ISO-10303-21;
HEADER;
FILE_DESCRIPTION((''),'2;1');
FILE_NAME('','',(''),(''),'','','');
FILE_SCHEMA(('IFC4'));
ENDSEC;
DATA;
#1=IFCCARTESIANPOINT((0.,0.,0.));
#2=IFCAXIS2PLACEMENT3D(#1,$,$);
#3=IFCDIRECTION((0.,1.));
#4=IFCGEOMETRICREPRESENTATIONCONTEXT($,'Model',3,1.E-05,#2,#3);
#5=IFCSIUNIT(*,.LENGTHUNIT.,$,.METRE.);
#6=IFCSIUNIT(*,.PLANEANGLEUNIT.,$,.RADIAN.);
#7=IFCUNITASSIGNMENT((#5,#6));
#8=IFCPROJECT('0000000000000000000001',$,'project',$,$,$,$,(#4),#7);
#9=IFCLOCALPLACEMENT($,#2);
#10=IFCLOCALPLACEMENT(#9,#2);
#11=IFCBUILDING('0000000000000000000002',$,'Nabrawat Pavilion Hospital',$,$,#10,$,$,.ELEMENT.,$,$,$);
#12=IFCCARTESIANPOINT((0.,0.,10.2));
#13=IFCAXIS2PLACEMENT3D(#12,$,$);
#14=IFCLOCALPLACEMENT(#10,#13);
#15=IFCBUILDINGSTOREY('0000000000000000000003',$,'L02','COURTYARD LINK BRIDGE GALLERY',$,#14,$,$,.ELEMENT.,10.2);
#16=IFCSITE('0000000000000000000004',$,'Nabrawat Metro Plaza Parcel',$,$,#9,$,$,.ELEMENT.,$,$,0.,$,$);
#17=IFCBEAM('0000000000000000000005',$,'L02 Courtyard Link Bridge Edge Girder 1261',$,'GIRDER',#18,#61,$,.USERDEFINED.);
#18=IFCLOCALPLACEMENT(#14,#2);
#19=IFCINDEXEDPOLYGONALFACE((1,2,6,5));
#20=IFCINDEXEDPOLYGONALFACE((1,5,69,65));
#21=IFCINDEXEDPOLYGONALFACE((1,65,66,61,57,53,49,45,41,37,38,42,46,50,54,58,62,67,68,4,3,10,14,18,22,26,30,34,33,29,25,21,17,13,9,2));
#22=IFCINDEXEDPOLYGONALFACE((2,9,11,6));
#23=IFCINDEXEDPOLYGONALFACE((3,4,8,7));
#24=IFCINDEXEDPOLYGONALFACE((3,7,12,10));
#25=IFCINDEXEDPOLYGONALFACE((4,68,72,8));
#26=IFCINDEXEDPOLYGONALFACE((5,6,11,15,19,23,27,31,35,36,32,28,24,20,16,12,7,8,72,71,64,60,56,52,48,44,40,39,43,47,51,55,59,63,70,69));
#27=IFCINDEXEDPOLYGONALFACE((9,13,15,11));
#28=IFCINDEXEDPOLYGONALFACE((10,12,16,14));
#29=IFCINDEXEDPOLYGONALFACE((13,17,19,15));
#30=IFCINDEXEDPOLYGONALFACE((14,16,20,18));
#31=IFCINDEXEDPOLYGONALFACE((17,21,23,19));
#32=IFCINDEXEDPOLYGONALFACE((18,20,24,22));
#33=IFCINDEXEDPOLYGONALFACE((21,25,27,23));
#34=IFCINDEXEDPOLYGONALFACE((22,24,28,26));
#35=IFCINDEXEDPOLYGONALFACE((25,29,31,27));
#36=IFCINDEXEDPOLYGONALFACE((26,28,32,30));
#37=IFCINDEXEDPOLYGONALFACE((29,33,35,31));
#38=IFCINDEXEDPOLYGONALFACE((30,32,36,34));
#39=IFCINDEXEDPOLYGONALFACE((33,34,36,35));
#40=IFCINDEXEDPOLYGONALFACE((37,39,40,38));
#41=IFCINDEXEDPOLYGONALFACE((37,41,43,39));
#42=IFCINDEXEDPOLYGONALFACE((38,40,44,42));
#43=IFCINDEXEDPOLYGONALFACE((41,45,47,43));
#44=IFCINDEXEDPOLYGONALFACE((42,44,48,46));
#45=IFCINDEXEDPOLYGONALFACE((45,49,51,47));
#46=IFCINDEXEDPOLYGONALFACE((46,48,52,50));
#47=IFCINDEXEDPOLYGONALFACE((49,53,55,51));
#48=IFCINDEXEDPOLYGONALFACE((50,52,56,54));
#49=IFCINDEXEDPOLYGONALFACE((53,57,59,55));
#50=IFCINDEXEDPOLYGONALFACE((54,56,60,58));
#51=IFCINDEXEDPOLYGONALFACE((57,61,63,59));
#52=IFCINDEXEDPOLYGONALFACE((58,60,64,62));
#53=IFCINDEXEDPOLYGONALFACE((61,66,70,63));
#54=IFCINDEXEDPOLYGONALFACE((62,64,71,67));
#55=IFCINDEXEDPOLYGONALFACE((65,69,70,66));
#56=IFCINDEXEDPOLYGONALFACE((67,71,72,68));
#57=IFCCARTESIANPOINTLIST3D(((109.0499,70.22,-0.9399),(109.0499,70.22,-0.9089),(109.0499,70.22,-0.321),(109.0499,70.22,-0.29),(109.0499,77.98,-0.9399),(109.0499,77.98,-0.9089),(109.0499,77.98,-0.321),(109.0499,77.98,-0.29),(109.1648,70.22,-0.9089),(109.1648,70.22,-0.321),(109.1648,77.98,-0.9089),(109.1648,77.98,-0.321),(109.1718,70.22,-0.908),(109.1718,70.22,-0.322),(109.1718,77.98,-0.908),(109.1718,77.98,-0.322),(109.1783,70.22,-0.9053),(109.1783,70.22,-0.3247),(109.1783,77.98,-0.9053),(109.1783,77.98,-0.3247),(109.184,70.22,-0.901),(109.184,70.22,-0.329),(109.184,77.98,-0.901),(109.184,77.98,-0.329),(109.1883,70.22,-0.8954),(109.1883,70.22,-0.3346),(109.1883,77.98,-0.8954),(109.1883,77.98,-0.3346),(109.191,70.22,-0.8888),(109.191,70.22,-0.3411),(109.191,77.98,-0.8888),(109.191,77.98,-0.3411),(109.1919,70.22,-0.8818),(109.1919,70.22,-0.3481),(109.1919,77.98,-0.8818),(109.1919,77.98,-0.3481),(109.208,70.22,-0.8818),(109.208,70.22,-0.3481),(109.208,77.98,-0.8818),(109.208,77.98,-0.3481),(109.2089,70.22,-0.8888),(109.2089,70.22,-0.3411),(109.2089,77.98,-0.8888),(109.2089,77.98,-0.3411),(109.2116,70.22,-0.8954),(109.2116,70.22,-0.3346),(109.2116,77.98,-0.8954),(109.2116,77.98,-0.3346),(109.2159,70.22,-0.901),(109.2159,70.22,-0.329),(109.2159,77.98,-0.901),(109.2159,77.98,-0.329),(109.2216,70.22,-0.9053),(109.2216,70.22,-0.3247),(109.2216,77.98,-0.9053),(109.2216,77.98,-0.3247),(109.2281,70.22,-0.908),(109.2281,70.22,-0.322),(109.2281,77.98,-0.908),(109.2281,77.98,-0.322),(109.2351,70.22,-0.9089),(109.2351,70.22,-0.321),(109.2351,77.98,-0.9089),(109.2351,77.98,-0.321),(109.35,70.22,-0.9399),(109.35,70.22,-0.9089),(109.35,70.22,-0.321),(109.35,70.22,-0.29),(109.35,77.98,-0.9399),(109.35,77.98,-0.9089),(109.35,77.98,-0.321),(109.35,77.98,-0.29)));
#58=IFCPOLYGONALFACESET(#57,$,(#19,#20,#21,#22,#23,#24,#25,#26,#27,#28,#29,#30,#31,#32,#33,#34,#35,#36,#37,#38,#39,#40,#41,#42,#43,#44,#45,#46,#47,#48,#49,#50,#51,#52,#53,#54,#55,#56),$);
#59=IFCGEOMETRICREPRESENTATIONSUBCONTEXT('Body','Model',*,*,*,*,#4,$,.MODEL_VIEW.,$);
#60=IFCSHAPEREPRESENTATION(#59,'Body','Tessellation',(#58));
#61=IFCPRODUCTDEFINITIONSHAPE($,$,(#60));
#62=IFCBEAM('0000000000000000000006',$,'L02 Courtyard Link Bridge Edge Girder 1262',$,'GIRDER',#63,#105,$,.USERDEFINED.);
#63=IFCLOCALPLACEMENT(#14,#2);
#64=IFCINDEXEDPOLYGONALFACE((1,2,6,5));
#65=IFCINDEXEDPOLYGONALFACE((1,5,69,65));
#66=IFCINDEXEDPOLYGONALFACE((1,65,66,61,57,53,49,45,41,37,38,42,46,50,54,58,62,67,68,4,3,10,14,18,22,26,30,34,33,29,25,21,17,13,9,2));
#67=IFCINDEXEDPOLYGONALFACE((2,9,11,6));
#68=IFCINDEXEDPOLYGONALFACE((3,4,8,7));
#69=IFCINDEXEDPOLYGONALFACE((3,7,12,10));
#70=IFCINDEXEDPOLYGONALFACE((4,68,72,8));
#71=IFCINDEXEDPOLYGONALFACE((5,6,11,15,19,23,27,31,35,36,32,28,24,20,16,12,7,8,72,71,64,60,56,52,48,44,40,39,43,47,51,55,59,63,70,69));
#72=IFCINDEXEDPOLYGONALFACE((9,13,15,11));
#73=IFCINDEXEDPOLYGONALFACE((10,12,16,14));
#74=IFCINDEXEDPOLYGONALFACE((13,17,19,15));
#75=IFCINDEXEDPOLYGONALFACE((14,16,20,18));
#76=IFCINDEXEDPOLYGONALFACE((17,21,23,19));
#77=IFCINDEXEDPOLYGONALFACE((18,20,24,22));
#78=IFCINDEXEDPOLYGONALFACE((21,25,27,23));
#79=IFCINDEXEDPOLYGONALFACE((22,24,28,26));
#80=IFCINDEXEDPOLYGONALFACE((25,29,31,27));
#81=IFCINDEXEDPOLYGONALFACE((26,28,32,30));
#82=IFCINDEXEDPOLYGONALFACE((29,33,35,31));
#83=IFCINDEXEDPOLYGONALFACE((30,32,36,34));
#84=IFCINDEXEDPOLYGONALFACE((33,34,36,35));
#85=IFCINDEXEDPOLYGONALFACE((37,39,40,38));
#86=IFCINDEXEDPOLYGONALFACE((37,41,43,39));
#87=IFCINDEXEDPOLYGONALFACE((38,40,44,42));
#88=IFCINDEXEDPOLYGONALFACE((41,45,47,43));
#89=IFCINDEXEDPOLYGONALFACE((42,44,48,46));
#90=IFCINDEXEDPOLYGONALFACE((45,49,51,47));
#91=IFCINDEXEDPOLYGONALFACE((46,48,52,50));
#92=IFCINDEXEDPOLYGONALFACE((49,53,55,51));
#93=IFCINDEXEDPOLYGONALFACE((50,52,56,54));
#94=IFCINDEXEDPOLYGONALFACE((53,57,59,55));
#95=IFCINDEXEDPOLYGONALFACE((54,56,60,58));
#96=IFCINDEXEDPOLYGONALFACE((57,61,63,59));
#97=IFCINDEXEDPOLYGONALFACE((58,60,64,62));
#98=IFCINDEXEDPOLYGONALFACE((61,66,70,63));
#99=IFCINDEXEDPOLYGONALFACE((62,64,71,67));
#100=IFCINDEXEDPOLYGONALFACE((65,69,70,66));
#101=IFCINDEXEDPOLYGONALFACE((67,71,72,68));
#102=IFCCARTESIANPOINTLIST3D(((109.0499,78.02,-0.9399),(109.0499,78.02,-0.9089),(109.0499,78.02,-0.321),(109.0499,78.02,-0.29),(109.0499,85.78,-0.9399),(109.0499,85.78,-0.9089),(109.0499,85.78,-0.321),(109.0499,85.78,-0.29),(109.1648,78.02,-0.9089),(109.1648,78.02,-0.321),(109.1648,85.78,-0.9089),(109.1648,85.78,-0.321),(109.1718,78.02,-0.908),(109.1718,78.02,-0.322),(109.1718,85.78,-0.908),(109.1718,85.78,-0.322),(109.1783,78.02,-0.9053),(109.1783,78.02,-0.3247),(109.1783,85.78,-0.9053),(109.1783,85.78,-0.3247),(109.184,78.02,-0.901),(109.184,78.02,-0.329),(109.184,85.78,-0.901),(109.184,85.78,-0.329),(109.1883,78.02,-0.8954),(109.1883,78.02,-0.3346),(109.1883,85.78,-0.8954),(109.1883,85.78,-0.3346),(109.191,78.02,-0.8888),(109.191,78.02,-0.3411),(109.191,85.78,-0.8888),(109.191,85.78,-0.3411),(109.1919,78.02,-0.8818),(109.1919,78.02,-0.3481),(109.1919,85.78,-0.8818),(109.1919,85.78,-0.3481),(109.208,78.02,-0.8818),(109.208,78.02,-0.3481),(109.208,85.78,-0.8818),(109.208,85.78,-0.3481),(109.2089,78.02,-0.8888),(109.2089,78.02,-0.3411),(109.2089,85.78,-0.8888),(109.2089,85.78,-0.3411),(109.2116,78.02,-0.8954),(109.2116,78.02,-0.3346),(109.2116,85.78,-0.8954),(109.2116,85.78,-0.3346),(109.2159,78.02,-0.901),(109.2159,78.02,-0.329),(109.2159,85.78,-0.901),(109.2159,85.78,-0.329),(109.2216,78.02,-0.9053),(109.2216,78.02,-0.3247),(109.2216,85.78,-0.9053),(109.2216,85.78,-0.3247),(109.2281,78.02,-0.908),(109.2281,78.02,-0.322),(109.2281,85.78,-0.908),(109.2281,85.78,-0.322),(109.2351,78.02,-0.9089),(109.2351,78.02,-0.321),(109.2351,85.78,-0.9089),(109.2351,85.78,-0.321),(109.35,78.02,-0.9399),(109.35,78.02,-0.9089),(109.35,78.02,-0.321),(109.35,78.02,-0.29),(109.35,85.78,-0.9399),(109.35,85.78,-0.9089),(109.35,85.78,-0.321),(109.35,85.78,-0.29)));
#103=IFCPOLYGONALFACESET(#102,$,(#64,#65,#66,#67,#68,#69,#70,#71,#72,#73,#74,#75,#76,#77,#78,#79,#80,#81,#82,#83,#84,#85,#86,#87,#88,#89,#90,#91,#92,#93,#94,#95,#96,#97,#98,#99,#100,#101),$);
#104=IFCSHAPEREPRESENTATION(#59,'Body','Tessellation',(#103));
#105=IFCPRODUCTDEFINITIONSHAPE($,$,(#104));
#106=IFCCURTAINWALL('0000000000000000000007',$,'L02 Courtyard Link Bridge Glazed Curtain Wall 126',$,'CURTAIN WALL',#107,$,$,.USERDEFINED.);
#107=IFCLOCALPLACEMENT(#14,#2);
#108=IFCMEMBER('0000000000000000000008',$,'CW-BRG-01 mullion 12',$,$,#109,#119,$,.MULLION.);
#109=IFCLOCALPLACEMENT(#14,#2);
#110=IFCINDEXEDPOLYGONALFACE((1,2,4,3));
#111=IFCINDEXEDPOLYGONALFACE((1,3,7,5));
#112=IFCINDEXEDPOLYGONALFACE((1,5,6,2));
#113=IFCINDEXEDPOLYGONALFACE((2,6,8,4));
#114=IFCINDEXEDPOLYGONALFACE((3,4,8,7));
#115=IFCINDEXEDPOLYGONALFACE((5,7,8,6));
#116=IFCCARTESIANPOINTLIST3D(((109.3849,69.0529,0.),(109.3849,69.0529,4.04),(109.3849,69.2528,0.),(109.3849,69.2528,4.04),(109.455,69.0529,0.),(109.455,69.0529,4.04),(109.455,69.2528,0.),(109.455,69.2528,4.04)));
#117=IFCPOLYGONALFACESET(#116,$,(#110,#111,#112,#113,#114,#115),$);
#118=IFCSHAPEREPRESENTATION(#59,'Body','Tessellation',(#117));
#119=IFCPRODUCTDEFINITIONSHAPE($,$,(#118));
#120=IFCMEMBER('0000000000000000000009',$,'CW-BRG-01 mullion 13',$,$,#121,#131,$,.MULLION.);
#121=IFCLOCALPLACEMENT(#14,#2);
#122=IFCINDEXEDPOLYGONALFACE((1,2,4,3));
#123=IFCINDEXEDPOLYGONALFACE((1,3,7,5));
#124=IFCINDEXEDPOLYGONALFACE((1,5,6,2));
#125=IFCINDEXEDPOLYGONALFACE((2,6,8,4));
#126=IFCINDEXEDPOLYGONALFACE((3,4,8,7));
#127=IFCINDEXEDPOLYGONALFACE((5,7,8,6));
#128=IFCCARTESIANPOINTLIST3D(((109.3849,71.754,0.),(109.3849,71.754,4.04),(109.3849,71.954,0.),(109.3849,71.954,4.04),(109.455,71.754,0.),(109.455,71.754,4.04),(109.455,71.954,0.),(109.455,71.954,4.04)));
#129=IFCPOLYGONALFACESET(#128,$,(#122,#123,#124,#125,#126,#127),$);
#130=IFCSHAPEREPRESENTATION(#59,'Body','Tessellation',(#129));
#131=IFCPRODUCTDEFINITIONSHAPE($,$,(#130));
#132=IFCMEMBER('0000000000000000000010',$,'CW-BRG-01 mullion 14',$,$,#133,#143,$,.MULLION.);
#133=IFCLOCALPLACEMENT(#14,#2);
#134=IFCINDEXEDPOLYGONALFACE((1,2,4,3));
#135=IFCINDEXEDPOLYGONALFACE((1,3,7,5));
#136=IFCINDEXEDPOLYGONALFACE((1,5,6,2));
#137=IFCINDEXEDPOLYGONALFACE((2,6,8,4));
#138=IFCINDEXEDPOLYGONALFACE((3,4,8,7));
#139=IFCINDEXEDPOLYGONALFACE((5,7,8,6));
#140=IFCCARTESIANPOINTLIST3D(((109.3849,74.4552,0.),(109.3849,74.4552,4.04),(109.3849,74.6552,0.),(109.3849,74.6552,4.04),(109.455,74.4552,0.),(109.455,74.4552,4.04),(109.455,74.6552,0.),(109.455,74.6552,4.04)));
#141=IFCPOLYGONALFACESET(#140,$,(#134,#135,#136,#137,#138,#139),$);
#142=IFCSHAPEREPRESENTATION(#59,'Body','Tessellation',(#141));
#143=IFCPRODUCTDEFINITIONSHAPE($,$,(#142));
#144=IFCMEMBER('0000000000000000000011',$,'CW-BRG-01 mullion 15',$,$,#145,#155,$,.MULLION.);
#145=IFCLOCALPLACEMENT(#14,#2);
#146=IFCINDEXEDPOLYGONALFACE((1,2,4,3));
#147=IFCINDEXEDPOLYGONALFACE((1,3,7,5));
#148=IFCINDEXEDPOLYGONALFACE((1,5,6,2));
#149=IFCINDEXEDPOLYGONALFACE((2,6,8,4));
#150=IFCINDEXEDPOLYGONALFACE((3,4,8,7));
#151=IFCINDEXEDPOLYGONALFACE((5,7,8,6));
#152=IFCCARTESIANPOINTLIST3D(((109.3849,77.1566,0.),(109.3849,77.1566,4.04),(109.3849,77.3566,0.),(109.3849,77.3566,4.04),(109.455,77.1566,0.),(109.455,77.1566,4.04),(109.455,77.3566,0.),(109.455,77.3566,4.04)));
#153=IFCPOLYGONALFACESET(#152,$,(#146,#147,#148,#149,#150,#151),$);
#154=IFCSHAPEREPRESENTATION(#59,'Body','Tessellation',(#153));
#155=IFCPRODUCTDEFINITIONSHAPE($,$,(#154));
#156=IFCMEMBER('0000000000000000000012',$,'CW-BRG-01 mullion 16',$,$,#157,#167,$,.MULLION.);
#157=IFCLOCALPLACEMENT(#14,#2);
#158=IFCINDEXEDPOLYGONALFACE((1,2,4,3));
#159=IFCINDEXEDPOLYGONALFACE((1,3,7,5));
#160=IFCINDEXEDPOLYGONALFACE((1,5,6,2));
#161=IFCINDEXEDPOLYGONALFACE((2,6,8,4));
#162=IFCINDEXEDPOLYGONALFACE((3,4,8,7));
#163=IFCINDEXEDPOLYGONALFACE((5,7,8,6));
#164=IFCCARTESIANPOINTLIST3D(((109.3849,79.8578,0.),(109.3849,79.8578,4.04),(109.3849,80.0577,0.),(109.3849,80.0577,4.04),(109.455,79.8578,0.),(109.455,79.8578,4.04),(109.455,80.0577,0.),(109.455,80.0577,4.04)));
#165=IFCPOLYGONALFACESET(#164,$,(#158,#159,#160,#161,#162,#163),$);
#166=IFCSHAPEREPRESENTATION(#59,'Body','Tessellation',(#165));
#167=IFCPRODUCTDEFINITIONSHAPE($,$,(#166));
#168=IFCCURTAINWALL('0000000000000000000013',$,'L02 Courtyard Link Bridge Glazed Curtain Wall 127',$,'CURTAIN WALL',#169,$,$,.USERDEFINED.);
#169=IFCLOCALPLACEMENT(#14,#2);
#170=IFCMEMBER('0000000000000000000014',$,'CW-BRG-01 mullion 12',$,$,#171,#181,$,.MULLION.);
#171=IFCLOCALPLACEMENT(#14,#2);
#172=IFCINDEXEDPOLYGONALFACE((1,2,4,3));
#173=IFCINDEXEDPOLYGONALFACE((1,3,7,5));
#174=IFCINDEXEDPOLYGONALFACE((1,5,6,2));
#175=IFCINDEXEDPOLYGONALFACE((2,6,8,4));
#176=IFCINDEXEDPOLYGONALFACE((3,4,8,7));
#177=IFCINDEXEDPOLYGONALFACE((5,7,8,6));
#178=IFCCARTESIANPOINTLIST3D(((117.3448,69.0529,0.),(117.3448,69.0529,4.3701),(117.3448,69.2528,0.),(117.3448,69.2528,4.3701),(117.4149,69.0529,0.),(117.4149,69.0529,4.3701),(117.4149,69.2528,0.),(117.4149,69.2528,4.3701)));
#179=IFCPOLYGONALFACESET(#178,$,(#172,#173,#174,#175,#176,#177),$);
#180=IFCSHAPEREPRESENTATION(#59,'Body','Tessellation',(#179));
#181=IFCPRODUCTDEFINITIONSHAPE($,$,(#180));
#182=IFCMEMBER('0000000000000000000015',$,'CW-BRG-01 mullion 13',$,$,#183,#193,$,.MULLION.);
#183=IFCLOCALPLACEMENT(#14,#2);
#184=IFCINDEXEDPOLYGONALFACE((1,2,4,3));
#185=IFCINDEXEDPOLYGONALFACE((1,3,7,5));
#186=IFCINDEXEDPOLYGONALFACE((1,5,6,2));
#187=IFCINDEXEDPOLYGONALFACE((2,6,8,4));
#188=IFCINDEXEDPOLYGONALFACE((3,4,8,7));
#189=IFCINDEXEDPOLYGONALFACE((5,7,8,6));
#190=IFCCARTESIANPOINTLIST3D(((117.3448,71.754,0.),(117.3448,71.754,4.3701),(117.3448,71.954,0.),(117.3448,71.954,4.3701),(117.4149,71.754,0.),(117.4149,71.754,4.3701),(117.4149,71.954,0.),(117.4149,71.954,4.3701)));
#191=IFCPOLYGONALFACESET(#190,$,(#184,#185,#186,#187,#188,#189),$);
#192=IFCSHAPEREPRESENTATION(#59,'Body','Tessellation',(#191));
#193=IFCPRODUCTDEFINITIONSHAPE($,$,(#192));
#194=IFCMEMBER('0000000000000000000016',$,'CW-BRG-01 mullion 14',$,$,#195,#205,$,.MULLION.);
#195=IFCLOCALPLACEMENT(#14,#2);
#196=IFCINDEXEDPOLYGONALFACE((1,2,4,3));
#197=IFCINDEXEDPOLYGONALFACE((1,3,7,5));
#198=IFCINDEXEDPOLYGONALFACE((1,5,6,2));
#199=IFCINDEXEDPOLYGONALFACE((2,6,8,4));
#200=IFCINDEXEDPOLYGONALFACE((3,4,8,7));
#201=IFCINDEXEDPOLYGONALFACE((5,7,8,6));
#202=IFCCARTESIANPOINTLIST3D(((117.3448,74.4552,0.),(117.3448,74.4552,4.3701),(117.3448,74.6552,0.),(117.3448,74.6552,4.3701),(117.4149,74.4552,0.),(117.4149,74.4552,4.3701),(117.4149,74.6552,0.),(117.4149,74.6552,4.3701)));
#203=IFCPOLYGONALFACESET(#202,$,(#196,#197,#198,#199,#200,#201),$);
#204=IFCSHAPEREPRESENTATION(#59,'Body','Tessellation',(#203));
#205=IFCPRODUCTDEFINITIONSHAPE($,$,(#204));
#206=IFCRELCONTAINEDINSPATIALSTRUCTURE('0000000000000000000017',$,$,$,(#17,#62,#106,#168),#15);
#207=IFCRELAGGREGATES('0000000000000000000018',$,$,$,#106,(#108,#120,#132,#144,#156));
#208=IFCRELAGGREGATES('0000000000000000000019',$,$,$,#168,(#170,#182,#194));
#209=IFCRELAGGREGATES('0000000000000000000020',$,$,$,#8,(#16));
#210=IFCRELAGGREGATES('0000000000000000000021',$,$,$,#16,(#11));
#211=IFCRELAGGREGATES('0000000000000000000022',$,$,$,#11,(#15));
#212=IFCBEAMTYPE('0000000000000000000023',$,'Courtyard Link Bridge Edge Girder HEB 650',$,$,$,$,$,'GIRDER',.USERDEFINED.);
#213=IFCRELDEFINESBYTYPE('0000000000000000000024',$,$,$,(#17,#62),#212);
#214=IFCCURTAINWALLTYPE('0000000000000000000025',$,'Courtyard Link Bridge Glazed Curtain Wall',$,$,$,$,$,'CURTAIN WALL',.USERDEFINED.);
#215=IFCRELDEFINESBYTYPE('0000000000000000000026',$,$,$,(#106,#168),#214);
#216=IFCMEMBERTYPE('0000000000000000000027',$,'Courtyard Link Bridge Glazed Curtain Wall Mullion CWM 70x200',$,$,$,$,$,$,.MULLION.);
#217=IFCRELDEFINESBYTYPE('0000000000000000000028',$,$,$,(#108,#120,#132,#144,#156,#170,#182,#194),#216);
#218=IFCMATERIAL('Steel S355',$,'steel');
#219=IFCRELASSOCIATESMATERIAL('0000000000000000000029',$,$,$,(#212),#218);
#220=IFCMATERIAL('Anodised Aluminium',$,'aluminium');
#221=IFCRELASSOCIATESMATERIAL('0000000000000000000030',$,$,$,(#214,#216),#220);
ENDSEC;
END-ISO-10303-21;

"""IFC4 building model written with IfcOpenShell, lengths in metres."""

from ifc_helpers import new_model, si_unit, direction, frame, origin, origin_2d, place, context, subcontext, project, spatial, rectangle, i_section, extrude, material, material_profile, profile_set, type_object, element, aggregate, save


model = new_model("IFC4")

# Units and contexts
model_context = context("Model", 3, precision=1e-05, world=origin(), true_north=direction((0.0, 1.0)))
body_context = subcontext(model_context, "Body", "Model", "MODEL_VIEW")
ifc_project = project(units=[si_unit("LENGTHUNIT", "METRE"), si_unit("PLANEANGLEUNIT", "RADIAN")], contexts=[model_context])

# Site, building, storey
site_placement = place(None, origin())
site = spatial("IfcSite", under=ifc_project, at=site_placement, Name="Nabrawat Metro Plaza Parcel", CompositionType="ELEMENT", RefElevation=0.0)
building_placement = place(site_placement, origin())
building = spatial("IfcBuilding", under=site, at=building_placement, Name="Nabrawat Pavilion Hospital", CompositionType="ELEMENT")
storey_placement = place(building_placement, frame((0.0, 0.0, 10.2)))
storey = spatial("IfcBuildingStorey", under=building, at=storey_placement, Name="L02", Description="COURTYARD LINK BRIDGE GALLERY", CompositionType="ELEMENT", Elevation=10.2)

# Beams
ifc_material_1 = material(Name="Steel S355", Category="steel")
ifc_material_profile_1 = material_profile(ifc_material_1, i_section(OverallWidth=0.3, OverallDepth=0.6499, WebThickness=0.0161, FlangeThickness=0.031, FilletRadius=0.0271, at=origin_2d()), Name="HEB 650")
ifc_profile_set_1 = profile_set([ifc_material_profile_1], Name="Steel S355")
beam_type_1 = type_object("IfcBeamType", Name="Courtyard Link Bridge Edge Girder HEB 650", ElementType="GIRDER", PredefinedType="USERDEFINED", material=ifc_profile_set_1)
for number, where, z_axis, x_axis, name in (
    (1, (109.2, 70.22, -0.615), (0.0, 1.0, 0.0), (-1.0, 0.0, 0.0), "L02 Courtyard Link Bridge Edge Girder 1261"),
    (2, (109.2, 78.02, -0.615), (0.0, 1.0, 0.0), (-1.0, 0.0, 0.0), "L02 Courtyard Link Bridge Edge Girder 1262"),
):
    element("IfcBeam", number, at=place(storey_placement, frame(where, z_axis=z_axis, x_axis=x_axis)), inside=storey, type_object=beam_type_1, Name=name, ObjectType="GIRDER", PredefinedType="USERDEFINED", context=body_context, shape_type="SweptSolid", body=[
        extrude(i_section(OverallWidth=0.3, OverallDepth=0.6499, WebThickness=0.0161, FlangeThickness=0.031, FilletRadius=0.0271, at=origin_2d()), origin(), (0.0, 0.0, 1.0), 7.76),
    ])

# Curtain walls, members
ifc_material_2 = material(Name="Anodised Aluminium", Category="aluminium")
curtain_wall_type = type_object("IfcCurtainWallType", Name="Courtyard Link Bridge Glazed Curtain Wall", ElementType="CURTAIN WALL", PredefinedType="USERDEFINED", material=ifc_material_2)
curtain_wall_1_placement = place(storey_placement, origin())
curtain_wall_1 = element("IfcCurtainWall", 3, at=curtain_wall_1_placement, inside=storey, type_object=curtain_wall_type, Name="L02 Courtyard Link Bridge Glazed Curtain Wall 126", ObjectType="CURTAIN WALL", PredefinedType="USERDEFINED")
ifc_material_profile_2 = material_profile(ifc_material_2, rectangle(XDim=0.0701, YDim=0.2, at=origin_2d()), Name="CWM 70x200")
ifc_profile_set_2 = profile_set([ifc_material_profile_2], Name="Anodised Aluminium")
member_type_1 = type_object("IfcMemberType", Name="Courtyard Link Bridge Glazed Curtain Wall Mullion CWM 70x200", PredefinedType="MULLION", material=ifc_profile_set_2)
member_1_placement = place(storey_placement, frame((109.4199, 69.1528, 0.0), z_axis=(0.0, 0.0, 1.0), x_axis=(-1.0, 0.0, 0.0)))
member_1 = element("IfcMember", 4, at=member_1_placement, type_object=member_type_1, Name="CW-BRG-01 mullion 12", PredefinedType="MULLION", context=body_context, shape_type="SweptSolid", body=[
    extrude(rectangle(XDim=0.0701, YDim=0.2, at=origin_2d()), origin(), (0.0, 0.0, 1.0), 4.04),
])
member_2_placement = place(storey_placement, frame((109.4199, 71.854, 0.0), z_axis=(0.0, 0.0, 1.0), x_axis=(-1.0, 0.0, 0.0)))
member_2 = element("IfcMember", 5, at=member_2_placement, type_object=member_type_1, Name="CW-BRG-01 mullion 13", PredefinedType="MULLION", context=body_context, shape_type="SweptSolid", body=[
    extrude(rectangle(XDim=0.0701, YDim=0.2, at=origin_2d()), origin(), (0.0, 0.0, 1.0), 4.04),
])
member_3_placement = place(storey_placement, frame((109.4199, 74.5552, 0.0), z_axis=(0.0, 0.0, 1.0), x_axis=(-1.0, 0.0, 0.0)))
member_3 = element("IfcMember", 6, at=member_3_placement, type_object=member_type_1, Name="CW-BRG-01 mullion 14", PredefinedType="MULLION", context=body_context, shape_type="SweptSolid", body=[
    extrude(rectangle(XDim=0.0701, YDim=0.2, at=origin_2d()), origin(), (0.0, 0.0, 1.0), 4.04),
])
member_4_placement = place(storey_placement, frame((109.4199, 77.2566, 0.0), z_axis=(0.0, 0.0, 1.0), x_axis=(-1.0, 0.0, 0.0)))
member_4 = element("IfcMember", 7, at=member_4_placement, type_object=member_type_1, Name="CW-BRG-01 mullion 15", PredefinedType="MULLION", context=body_context, shape_type="SweptSolid", body=[
    extrude(rectangle(XDim=0.0701, YDim=0.2, at=origin_2d()), origin(), (0.0, 0.0, 1.0), 4.04),
])
member_5_placement = place(storey_placement, frame((109.4199, 79.9578, 0.0), z_axis=(0.0, 0.0, 1.0), x_axis=(-1.0, 0.0, 0.0)))
member_5 = element("IfcMember", 8, at=member_5_placement, type_object=member_type_1, Name="CW-BRG-01 mullion 16", PredefinedType="MULLION", context=body_context, shape_type="SweptSolid", body=[
    extrude(rectangle(XDim=0.0701, YDim=0.2, at=origin_2d()), origin(), (0.0, 0.0, 1.0), 4.04),
])
curtain_wall_2_placement = place(storey_placement, origin())
curtain_wall_2 = element("IfcCurtainWall", 9, at=curtain_wall_2_placement, inside=storey, type_object=curtain_wall_type, Name="L02 Courtyard Link Bridge Glazed Curtain Wall 127", ObjectType="CURTAIN WALL", PredefinedType="USERDEFINED")
member_6_placement = place(storey_placement, frame((117.3799, 69.1528, 0.0), z_axis=(0.0, 0.0, 1.0), x_axis=(-1.0, 0.0, 0.0)))
member_6 = element("IfcMember", 10, at=member_6_placement, type_object=member_type_1, Name="CW-BRG-01 mullion 12", PredefinedType="MULLION", context=body_context, shape_type="SweptSolid", body=[
    extrude(rectangle(XDim=0.0701, YDim=0.2, at=origin_2d()), origin(), (0.0, 0.0, 1.0), 4.3701),
])
member_7_placement = place(storey_placement, frame((117.3799, 71.854, 0.0), z_axis=(0.0, 0.0, 1.0), x_axis=(-1.0, 0.0, 0.0)))
member_7 = element("IfcMember", 11, at=member_7_placement, type_object=member_type_1, Name="CW-BRG-01 mullion 13", PredefinedType="MULLION", context=body_context, shape_type="SweptSolid", body=[
    extrude(rectangle(XDim=0.0701, YDim=0.2, at=origin_2d()), origin(), (0.0, 0.0, 1.0), 4.3701),
])
member_8_placement = place(storey_placement, frame((117.3799, 74.5552, 0.0), z_axis=(0.0, 0.0, 1.0), x_axis=(-1.0, 0.0, 0.0)))
member_8 = element("IfcMember", 12, at=member_8_placement, type_object=member_type_1, Name="CW-BRG-01 mullion 14", PredefinedType="MULLION", context=body_context, shape_type="SweptSolid", body=[
    extrude(rectangle(XDim=0.0701, YDim=0.2, at=origin_2d()), origin(), (0.0, 0.0, 1.0), 4.3701),
])

aggregate(curtain_wall_1, [member_1, member_2, member_3, member_4, member_5])
aggregate(curtain_wall_2, [member_6, member_7, member_8])

save(model, "model.ifc")
